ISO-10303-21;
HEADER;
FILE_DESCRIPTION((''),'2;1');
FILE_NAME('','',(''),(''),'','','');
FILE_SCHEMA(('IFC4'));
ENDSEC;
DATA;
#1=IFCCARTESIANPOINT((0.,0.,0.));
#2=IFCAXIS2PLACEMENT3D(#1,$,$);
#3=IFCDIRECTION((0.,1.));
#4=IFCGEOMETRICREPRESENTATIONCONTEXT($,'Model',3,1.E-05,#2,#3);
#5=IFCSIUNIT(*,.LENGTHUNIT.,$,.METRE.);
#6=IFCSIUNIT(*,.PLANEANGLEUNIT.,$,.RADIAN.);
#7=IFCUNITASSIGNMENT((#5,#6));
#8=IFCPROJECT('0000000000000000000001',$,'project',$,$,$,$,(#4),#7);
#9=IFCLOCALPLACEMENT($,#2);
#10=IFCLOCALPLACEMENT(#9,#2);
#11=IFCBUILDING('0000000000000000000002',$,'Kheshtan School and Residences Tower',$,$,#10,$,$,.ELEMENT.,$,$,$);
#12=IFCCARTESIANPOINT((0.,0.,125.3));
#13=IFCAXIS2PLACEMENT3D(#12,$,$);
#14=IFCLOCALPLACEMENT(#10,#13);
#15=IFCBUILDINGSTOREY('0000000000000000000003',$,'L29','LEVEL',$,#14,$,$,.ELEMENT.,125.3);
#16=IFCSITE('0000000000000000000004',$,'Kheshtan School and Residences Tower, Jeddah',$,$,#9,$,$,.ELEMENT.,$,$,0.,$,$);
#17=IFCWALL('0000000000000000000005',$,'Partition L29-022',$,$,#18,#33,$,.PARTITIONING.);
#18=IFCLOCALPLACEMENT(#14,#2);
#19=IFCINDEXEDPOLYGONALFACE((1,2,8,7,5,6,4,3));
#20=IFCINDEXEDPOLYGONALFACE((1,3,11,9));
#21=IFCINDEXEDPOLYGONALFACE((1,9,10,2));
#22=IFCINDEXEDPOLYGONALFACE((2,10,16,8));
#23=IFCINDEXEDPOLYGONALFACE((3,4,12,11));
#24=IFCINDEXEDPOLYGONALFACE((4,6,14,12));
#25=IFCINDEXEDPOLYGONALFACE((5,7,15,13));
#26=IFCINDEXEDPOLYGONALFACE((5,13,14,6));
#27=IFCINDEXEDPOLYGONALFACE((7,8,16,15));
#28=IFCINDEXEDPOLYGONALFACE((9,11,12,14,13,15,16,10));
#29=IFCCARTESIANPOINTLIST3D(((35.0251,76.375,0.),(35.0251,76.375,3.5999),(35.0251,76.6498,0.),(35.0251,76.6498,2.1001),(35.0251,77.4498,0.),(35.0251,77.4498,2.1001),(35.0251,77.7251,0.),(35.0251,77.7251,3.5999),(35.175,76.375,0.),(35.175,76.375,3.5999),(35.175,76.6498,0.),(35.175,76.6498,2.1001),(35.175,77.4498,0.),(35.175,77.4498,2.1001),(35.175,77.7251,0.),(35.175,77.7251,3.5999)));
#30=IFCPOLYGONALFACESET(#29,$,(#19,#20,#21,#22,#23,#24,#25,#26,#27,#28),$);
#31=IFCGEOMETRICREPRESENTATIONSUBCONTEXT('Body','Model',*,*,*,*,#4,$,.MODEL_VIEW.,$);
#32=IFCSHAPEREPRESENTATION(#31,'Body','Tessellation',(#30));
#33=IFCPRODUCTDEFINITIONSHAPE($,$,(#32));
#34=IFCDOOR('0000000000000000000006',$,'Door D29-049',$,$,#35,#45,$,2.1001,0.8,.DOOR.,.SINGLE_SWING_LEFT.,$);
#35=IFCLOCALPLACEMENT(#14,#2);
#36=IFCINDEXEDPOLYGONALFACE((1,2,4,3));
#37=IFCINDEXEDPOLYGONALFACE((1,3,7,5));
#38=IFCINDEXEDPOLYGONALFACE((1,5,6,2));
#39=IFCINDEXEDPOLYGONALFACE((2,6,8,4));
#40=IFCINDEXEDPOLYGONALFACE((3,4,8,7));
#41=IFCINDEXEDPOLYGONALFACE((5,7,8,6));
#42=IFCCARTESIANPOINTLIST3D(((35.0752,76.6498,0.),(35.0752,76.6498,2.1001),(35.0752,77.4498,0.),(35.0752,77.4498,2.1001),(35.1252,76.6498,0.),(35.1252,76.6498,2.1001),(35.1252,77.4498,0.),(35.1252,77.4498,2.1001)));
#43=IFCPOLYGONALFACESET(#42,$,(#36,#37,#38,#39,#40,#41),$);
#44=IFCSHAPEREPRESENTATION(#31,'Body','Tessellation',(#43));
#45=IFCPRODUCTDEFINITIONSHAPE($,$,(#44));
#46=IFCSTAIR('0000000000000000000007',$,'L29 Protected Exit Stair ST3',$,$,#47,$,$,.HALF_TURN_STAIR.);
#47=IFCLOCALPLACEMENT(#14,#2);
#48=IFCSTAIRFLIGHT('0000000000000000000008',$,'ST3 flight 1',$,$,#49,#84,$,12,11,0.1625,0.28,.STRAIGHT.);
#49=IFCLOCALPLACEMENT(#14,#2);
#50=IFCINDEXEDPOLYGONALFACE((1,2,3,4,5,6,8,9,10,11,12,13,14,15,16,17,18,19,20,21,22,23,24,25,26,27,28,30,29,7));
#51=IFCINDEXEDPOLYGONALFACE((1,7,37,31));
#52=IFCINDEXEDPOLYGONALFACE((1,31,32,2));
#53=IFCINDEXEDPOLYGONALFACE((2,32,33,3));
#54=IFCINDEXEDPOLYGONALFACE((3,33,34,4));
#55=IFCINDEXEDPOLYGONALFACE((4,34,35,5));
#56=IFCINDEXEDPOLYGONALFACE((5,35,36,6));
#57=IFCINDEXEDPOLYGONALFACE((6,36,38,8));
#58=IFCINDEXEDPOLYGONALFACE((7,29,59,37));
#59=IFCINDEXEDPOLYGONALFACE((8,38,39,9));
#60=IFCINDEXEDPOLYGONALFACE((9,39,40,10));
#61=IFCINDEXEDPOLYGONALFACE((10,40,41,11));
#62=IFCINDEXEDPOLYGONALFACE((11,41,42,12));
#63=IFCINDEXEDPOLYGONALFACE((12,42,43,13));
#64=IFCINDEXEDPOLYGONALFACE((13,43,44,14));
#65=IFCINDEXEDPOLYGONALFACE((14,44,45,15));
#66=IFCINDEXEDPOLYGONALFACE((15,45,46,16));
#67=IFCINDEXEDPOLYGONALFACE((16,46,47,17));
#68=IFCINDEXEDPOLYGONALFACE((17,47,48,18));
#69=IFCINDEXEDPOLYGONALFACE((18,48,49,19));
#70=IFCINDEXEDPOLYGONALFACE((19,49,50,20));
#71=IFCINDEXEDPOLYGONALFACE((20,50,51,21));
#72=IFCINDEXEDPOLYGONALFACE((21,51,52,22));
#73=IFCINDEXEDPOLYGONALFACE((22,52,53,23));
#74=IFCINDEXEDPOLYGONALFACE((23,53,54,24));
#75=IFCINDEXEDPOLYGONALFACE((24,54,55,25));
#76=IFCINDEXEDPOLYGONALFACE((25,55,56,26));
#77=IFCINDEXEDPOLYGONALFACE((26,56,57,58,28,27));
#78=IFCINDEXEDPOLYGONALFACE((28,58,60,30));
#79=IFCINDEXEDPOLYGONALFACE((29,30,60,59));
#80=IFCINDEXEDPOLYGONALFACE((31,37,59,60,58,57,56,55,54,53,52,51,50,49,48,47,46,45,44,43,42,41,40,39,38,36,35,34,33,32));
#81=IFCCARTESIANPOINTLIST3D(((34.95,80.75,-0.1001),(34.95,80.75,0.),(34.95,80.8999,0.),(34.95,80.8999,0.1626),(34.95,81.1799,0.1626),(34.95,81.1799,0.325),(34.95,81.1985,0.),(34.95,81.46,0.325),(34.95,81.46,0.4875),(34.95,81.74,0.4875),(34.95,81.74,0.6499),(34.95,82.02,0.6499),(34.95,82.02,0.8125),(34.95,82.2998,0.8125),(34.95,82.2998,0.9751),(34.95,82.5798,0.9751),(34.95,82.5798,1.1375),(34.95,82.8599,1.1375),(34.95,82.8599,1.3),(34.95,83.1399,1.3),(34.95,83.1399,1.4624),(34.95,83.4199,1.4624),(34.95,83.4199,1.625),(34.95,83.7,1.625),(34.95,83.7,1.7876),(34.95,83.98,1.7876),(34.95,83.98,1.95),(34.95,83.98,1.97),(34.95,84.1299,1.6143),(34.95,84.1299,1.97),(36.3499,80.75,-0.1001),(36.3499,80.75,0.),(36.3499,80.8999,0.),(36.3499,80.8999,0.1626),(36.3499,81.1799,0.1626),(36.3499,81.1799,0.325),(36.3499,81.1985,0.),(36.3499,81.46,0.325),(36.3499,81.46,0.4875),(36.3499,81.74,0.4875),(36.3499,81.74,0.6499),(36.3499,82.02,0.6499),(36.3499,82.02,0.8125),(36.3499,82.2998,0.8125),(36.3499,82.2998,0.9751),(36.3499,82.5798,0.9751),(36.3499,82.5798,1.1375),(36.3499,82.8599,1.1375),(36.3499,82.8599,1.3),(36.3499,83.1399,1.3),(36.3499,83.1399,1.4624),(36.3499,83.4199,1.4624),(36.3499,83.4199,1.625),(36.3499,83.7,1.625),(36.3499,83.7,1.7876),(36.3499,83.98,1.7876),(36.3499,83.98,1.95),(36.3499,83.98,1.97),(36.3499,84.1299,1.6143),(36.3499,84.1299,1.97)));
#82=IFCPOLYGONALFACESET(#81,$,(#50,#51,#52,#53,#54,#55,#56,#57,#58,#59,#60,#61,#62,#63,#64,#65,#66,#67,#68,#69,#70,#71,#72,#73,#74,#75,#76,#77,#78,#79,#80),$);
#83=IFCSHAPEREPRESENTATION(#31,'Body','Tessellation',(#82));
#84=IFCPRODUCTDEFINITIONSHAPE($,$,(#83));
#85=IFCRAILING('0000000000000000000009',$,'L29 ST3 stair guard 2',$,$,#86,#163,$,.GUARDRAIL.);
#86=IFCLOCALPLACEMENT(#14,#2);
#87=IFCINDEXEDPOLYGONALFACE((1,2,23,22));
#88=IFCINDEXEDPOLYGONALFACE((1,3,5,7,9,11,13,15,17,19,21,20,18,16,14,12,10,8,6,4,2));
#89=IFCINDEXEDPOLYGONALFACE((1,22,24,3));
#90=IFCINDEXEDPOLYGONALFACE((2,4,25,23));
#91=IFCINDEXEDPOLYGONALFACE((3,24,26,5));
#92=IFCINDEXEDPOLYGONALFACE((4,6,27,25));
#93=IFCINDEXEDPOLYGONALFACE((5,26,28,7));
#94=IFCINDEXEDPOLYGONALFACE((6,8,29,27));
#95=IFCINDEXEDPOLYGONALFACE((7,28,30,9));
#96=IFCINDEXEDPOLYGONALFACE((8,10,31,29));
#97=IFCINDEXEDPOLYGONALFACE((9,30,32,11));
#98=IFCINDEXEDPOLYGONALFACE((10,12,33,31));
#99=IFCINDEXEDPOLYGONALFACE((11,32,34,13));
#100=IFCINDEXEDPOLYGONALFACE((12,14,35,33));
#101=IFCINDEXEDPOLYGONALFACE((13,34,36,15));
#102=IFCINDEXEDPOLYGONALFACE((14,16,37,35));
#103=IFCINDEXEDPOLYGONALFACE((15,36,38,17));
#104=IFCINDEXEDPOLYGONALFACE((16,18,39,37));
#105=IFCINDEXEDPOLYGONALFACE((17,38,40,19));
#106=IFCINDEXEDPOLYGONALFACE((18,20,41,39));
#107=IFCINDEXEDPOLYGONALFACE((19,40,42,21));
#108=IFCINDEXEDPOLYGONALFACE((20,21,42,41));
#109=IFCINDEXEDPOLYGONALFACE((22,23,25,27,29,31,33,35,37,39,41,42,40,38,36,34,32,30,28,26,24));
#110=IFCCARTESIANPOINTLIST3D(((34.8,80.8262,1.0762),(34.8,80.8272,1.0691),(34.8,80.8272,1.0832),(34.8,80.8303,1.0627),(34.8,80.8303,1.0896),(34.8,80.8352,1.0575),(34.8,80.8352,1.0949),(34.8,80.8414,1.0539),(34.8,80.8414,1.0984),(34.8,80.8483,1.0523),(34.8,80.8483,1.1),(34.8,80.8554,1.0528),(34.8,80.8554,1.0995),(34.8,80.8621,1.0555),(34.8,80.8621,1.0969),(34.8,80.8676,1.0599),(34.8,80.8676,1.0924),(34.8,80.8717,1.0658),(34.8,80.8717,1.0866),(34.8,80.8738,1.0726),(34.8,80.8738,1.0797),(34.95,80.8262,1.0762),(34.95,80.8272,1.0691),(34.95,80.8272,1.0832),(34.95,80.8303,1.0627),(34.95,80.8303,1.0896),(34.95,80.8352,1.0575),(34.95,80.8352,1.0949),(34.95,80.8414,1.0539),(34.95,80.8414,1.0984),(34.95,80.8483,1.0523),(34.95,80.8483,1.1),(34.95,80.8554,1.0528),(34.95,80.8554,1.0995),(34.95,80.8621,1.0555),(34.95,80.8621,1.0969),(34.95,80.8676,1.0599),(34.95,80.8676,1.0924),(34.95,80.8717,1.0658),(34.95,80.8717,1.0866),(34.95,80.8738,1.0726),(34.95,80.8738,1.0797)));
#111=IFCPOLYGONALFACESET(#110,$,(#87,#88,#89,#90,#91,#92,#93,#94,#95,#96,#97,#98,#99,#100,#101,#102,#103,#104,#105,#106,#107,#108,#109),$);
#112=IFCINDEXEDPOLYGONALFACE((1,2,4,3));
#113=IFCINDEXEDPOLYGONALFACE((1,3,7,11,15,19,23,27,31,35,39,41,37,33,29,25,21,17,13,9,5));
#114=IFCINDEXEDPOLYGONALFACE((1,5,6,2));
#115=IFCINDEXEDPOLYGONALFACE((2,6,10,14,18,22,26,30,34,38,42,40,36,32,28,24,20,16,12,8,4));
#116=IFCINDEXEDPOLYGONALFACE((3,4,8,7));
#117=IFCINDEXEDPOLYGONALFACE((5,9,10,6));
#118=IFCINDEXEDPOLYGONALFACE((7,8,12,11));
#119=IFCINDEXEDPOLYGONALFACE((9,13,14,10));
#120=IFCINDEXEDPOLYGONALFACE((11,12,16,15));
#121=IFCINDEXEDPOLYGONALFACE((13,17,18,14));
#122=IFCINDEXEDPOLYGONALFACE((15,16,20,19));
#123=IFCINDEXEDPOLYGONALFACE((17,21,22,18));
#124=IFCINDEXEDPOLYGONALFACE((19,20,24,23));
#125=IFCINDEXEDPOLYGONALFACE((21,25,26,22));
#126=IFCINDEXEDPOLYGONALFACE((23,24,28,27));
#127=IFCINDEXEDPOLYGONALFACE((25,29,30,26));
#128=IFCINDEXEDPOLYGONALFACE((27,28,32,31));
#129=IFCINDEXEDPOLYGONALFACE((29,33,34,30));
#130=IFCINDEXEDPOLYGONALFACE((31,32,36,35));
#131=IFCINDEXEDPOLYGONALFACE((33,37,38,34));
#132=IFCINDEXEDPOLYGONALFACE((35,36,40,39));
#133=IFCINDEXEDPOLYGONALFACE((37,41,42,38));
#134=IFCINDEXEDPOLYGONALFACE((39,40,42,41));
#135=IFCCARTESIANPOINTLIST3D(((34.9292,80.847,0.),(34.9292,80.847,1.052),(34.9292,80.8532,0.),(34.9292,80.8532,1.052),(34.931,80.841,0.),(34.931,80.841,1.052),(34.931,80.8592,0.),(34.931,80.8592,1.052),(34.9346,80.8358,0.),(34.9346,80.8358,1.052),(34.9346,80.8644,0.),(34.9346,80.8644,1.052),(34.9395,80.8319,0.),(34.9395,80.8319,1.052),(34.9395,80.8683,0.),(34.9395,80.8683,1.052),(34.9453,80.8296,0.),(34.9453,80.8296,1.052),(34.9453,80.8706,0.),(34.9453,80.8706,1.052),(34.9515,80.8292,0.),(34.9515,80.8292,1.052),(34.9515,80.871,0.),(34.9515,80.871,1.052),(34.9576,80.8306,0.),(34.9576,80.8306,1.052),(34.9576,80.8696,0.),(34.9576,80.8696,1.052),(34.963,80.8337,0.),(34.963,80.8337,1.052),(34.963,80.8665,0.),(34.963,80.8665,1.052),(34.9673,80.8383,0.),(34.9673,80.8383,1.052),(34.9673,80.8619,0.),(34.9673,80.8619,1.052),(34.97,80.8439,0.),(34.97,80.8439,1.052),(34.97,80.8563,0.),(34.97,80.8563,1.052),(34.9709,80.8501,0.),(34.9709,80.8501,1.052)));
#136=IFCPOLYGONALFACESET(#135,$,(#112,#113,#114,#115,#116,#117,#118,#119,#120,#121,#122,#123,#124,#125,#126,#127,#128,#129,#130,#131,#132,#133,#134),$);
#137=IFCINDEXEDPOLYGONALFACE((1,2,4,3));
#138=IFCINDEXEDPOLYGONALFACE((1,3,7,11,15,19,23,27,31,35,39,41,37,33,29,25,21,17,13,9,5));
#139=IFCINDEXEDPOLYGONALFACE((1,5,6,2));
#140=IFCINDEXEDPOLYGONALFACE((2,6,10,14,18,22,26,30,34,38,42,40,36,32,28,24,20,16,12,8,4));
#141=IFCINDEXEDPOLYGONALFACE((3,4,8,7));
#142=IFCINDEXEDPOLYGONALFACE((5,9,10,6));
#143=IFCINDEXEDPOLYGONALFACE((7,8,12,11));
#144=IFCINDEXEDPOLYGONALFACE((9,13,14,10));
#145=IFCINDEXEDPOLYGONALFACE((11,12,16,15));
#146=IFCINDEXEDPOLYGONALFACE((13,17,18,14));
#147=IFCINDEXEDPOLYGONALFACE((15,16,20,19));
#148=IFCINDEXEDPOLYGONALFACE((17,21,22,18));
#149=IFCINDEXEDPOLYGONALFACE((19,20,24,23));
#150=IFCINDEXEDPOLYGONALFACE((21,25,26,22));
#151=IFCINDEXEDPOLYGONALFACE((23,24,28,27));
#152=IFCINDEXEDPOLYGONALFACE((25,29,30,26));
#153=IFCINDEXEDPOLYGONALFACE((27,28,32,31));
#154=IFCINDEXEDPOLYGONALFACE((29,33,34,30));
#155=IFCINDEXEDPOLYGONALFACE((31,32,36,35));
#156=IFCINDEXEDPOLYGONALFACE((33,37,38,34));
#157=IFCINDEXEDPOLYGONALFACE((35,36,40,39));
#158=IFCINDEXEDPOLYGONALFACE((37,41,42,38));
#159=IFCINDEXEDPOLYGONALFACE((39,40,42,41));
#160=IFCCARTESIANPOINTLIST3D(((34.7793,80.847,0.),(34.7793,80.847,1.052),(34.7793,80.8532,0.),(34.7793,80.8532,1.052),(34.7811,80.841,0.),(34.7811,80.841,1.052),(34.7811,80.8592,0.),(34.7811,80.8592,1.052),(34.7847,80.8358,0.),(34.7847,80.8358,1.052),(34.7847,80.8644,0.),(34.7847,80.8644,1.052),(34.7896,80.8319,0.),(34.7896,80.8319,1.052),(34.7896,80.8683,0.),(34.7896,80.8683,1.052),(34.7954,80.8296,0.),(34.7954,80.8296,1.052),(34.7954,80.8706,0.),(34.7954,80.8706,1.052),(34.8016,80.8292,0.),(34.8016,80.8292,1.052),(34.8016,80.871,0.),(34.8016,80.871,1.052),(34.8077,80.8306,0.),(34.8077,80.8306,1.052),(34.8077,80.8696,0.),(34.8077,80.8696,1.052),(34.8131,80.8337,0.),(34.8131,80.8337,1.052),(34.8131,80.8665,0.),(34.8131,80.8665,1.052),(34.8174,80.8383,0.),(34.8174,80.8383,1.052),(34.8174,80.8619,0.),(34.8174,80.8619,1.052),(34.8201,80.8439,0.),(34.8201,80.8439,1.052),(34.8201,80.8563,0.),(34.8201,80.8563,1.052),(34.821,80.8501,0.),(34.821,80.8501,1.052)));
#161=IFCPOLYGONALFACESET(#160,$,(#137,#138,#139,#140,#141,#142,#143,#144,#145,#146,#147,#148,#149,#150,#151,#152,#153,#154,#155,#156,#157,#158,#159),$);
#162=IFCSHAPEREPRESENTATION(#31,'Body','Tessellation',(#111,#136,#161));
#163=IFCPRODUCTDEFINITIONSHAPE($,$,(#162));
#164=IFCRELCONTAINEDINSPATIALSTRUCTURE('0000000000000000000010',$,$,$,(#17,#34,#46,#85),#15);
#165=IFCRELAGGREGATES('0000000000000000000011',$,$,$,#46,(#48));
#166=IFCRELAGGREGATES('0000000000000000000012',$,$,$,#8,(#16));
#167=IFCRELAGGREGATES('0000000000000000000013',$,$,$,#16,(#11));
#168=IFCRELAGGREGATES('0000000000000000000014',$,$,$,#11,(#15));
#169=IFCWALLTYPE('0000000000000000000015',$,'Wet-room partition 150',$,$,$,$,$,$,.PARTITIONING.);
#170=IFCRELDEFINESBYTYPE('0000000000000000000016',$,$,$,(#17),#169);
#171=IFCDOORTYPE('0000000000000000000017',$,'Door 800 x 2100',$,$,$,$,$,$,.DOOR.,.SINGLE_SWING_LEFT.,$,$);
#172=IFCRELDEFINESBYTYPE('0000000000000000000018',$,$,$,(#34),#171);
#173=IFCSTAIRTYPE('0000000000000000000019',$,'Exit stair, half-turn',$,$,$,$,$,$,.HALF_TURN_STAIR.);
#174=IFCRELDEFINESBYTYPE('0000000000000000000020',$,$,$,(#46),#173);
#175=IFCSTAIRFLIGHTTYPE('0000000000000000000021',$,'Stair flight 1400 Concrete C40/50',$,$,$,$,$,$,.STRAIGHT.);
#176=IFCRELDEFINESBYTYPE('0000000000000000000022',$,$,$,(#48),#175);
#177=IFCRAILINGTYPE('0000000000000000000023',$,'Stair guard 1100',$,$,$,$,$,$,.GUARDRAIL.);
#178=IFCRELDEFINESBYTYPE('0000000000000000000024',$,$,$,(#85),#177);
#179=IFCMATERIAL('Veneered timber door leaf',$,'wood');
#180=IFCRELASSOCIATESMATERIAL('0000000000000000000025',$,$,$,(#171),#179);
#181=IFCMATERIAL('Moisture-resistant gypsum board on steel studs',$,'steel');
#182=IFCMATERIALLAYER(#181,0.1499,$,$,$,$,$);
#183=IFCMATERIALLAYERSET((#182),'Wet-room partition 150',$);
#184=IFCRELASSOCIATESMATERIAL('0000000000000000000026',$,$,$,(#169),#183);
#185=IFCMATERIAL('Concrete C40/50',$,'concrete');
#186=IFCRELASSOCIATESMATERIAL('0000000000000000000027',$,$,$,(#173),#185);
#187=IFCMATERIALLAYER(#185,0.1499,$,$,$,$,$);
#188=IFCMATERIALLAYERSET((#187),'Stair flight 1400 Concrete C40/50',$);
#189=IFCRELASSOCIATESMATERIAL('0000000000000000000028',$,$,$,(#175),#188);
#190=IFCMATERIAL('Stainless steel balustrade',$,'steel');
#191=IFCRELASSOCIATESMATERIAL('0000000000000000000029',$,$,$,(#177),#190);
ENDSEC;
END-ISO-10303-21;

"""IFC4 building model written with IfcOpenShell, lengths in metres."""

from ifc_helpers import new_model, si_unit, direction, frame, frame_2d, origin, origin_2d, place, context, subcontext, project, spatial, polyline, rectangle, circle, outline, extrude, source, transform, mapped, material, layer, layer_set, type_object, element, fill, aggregate, save


model = new_model("IFC4")

# Units and contexts
model_context = context("Model", 3, precision=1e-05, world=origin(), true_north=direction((0.0, 1.0)))
body_context = subcontext(model_context, "Body", "Model", "MODEL_VIEW")
ifc_project = project(units=[si_unit("LENGTHUNIT", "METRE"), si_unit("PLANEANGLEUNIT", "RADIAN")], contexts=[model_context])

# Site, building, storey
site_placement = place(None, origin())
site = spatial("IfcSite", under=ifc_project, at=site_placement, Name="Kheshtan School and Residences Tower, Jeddah", CompositionType="ELEMENT", RefElevation=0.0)
building_placement = place(site_placement, origin())
building = spatial("IfcBuilding", under=site, at=building_placement, Name="Kheshtan School and Residences Tower", CompositionType="ELEMENT")
storey_placement = place(building_placement, frame((0.0, 0.0, 125.3)))
storey = spatial("IfcBuildingStorey", under=building, at=storey_placement, Name="L29", Description="LEVEL", CompositionType="ELEMENT", Elevation=125.3)

# Shared definitions
ifc_material_1 = material(Name="Veneered timber door leaf", Category="wood")
door_type_1 = type_object("IfcDoorType", Name="Door 800 x 2100", OperationType="SINGLE_SWING_LEFT", PredefinedType="DOOR", material=ifc_material_1)
shared_shape_1 = source(origin(), body_context, "Body", "SweptSolid", [
    extrude(rectangle(XDim=0.8, YDim=2.1001, at=frame_2d((0.3999, 1.05))), frame((0.0, 0.0249, 0.0), z_axis=(0.0, -1.0, 0.0), x_axis=(1.0, 0.0, 0.0)), (0.0, 0.0, 1.0), 0.05),
])

# Shared definitions
ifc_material_2 = material(Name="Concrete C40/50", Category="concrete")

# Shared definitions
ifc_material_3 = material(Name="Moisture-resistant gypsum board on steel studs", Category="steel")
ifc_layer_1 = layer(ifc_material_3, 0.1499)
ifc_layer_set_1 = layer_set([ifc_layer_1], Name="Wet-room partition 150")
wall_type_1 = type_object("IfcWallType", Name="Wet-room partition 150", PredefinedType="PARTITIONING", material=ifc_layer_set_1)

# Wall, opening, door
wall_1_placement = place(storey_placement, frame((35.1001, 76.375, 0.0), z_axis=(0.0, 0.0, 1.0), x_axis=(0.0, 1.0, 0.0)))
wall_1 = element("IfcWall", 1, at=wall_1_placement, inside=storey, type_object=wall_type_1, Name="Partition L29-022", PredefinedType="PARTITIONING", context=body_context, shape_type="SweptSolid", body=[
    extrude(rectangle(XDim=1.3501, YDim=0.1499, at=frame_2d((0.675, 0.0))), origin(), (0.0, 0.0, 1.0), 3.5999),
])
opening_1_placement = place(wall_1_placement, frame((0.2749, 0.0, 0.0)))
opening_1 = element("IfcOpeningElement", 2, at=opening_1_placement, cuts=wall_1, PredefinedType="OPENING", context=body_context, shape_type="SweptSolid", body=[
    extrude(rectangle(XDim=0.8, YDim=2.1001, at=frame_2d((0.3999, 1.05))), frame((0.0, 0.085, 0.0), z_axis=(0.0, -1.0, 0.0), x_axis=(1.0, 0.0, 0.0)), (0.0, 0.0, 1.0), 0.1699),
])
door_1_placement = place(opening_1_placement, origin())
door_1 = element("IfcDoor", 3, at=door_1_placement, inside=storey, type_object=door_type_1, Name="Door D29-049", OperationType="SINGLE_SWING_LEFT", OverallHeight=2.1001, OverallWidth=0.8, PredefinedType="DOOR", context=body_context, shape_type="MappedRepresentation", body=[
    mapped(shared_shape_1, transform((0.0, 0.0, 0.0), x_axis=(1.0, 0.0, 0.0), y_axis=(0.0, 1.0, 0.0), z_axis=(0.0, 0.0, 1.0), scale=1.0)),
])
fill(opening_1, door_1)

# Stair, stair flight
stair_type = type_object("IfcStairType", Name="Exit stair, half-turn", PredefinedType="HALF_TURN_STAIR", material=ifc_material_2)
stair_placement = place(storey_placement, origin())
stair = element("IfcStair", 4, at=stair_placement, inside=storey, type_object=stair_type, Name="L29 Protected Exit Stair ST3", PredefinedType="HALF_TURN_STAIR")
ifc_layer_2 = layer(ifc_material_2, 0.1499)
ifc_layer_set_2 = layer_set([ifc_layer_2], Name="Stair flight 1400 Concrete C40/50")
stair_flight_type = type_object("IfcStairFlightType", Name="Stair flight 1400 Concrete C40/50", PredefinedType="STRAIGHT", material=ifc_layer_set_2)
stair_flight_placement = place(storey_placement, frame((35.6499, 80.8999, 0.0), z_axis=(0.0, 0.0, 1.0), x_axis=(0.0, 1.0, 0.0)))
stair_flight = element("IfcStairFlight", 5, at=stair_flight_placement, type_object=stair_flight_type, Name="ST3 flight 1", NumberOfRisers=12, NumberOfTreads=11, PredefinedType="STRAIGHT", RiserHeight=0.1625, TreadLength=0.28, context=body_context, shape_type="SweptSolid", body=[
    extrude(outline(polyline([(-0.1499, -0.1001), (-0.1499, 0.0), (0.0, 0.0), (0.0, 0.1626), (0.28, 0.1626), (0.28, 0.325), (0.5601, 0.325), (0.5601, 0.4875), (0.8401, 0.4875), (0.8401, 0.6499), (1.1201, 0.6499), (1.1201, 0.8125), (1.3999, 0.8125), (1.3999, 0.9751), (1.6799, 0.9751), (1.6799, 1.1375), (1.96, 1.1375), (1.96, 1.3), (2.24, 1.3), (2.24, 1.4624), (2.52, 1.4624), (2.52, 1.625), (2.8, 1.625), (2.8, 1.7876), (3.0801, 1.7876), (3.0801, 1.95), (3.0801, 1.97), (3.23, 1.97), (3.23, 1.6143), (0.2986, 0.0), (-0.1499, -0.1001)])), frame((0.0, 0.7, 0.0), z_axis=(0.0, -1.0, 0.0), x_axis=(1.0, 0.0, 0.0)), (0.0, 0.0, 1.0), 1.3999),
])
aggregate(stair, [stair_flight])

# Railing
ifc_material_4 = material(Name="Stainless steel balustrade", Category="steel")
railing_type_1 = type_object("IfcRailingType", Name="Stair guard 1100", PredefinedType="GUARDRAIL", material=ifc_material_4)
railing_1_placement = place(storey_placement, frame((34.95, 80.8501, 0.0)))
element("IfcRailing", 6, at=railing_1_placement, inside=storey, type_object=railing_type_1, Name="L29 ST3 stair guard 2", PredefinedType="GUARDRAIL", context=body_context, shape_type="SweptSolid", body=[
    extrude(circle(Radius=0.0239, at=origin_2d()), frame((0.0, 0.0, 1.0762), z_axis=(-1.0, 0.0, 0.0), x_axis=(0.0, -1.0, 0.0)), (0.0, 0.0, 1.0), 0.1499),
    extrude(circle(Radius=0.021, at=origin_2d()), origin(), (0.0, 0.0, 1.0), 1.052),
    extrude(circle(Radius=0.021, at=origin_2d()), frame((-0.1499, 0.0, 0.0)), (0.0, 0.0, 1.0), 1.052),
])

save(model, "model.ifc")
